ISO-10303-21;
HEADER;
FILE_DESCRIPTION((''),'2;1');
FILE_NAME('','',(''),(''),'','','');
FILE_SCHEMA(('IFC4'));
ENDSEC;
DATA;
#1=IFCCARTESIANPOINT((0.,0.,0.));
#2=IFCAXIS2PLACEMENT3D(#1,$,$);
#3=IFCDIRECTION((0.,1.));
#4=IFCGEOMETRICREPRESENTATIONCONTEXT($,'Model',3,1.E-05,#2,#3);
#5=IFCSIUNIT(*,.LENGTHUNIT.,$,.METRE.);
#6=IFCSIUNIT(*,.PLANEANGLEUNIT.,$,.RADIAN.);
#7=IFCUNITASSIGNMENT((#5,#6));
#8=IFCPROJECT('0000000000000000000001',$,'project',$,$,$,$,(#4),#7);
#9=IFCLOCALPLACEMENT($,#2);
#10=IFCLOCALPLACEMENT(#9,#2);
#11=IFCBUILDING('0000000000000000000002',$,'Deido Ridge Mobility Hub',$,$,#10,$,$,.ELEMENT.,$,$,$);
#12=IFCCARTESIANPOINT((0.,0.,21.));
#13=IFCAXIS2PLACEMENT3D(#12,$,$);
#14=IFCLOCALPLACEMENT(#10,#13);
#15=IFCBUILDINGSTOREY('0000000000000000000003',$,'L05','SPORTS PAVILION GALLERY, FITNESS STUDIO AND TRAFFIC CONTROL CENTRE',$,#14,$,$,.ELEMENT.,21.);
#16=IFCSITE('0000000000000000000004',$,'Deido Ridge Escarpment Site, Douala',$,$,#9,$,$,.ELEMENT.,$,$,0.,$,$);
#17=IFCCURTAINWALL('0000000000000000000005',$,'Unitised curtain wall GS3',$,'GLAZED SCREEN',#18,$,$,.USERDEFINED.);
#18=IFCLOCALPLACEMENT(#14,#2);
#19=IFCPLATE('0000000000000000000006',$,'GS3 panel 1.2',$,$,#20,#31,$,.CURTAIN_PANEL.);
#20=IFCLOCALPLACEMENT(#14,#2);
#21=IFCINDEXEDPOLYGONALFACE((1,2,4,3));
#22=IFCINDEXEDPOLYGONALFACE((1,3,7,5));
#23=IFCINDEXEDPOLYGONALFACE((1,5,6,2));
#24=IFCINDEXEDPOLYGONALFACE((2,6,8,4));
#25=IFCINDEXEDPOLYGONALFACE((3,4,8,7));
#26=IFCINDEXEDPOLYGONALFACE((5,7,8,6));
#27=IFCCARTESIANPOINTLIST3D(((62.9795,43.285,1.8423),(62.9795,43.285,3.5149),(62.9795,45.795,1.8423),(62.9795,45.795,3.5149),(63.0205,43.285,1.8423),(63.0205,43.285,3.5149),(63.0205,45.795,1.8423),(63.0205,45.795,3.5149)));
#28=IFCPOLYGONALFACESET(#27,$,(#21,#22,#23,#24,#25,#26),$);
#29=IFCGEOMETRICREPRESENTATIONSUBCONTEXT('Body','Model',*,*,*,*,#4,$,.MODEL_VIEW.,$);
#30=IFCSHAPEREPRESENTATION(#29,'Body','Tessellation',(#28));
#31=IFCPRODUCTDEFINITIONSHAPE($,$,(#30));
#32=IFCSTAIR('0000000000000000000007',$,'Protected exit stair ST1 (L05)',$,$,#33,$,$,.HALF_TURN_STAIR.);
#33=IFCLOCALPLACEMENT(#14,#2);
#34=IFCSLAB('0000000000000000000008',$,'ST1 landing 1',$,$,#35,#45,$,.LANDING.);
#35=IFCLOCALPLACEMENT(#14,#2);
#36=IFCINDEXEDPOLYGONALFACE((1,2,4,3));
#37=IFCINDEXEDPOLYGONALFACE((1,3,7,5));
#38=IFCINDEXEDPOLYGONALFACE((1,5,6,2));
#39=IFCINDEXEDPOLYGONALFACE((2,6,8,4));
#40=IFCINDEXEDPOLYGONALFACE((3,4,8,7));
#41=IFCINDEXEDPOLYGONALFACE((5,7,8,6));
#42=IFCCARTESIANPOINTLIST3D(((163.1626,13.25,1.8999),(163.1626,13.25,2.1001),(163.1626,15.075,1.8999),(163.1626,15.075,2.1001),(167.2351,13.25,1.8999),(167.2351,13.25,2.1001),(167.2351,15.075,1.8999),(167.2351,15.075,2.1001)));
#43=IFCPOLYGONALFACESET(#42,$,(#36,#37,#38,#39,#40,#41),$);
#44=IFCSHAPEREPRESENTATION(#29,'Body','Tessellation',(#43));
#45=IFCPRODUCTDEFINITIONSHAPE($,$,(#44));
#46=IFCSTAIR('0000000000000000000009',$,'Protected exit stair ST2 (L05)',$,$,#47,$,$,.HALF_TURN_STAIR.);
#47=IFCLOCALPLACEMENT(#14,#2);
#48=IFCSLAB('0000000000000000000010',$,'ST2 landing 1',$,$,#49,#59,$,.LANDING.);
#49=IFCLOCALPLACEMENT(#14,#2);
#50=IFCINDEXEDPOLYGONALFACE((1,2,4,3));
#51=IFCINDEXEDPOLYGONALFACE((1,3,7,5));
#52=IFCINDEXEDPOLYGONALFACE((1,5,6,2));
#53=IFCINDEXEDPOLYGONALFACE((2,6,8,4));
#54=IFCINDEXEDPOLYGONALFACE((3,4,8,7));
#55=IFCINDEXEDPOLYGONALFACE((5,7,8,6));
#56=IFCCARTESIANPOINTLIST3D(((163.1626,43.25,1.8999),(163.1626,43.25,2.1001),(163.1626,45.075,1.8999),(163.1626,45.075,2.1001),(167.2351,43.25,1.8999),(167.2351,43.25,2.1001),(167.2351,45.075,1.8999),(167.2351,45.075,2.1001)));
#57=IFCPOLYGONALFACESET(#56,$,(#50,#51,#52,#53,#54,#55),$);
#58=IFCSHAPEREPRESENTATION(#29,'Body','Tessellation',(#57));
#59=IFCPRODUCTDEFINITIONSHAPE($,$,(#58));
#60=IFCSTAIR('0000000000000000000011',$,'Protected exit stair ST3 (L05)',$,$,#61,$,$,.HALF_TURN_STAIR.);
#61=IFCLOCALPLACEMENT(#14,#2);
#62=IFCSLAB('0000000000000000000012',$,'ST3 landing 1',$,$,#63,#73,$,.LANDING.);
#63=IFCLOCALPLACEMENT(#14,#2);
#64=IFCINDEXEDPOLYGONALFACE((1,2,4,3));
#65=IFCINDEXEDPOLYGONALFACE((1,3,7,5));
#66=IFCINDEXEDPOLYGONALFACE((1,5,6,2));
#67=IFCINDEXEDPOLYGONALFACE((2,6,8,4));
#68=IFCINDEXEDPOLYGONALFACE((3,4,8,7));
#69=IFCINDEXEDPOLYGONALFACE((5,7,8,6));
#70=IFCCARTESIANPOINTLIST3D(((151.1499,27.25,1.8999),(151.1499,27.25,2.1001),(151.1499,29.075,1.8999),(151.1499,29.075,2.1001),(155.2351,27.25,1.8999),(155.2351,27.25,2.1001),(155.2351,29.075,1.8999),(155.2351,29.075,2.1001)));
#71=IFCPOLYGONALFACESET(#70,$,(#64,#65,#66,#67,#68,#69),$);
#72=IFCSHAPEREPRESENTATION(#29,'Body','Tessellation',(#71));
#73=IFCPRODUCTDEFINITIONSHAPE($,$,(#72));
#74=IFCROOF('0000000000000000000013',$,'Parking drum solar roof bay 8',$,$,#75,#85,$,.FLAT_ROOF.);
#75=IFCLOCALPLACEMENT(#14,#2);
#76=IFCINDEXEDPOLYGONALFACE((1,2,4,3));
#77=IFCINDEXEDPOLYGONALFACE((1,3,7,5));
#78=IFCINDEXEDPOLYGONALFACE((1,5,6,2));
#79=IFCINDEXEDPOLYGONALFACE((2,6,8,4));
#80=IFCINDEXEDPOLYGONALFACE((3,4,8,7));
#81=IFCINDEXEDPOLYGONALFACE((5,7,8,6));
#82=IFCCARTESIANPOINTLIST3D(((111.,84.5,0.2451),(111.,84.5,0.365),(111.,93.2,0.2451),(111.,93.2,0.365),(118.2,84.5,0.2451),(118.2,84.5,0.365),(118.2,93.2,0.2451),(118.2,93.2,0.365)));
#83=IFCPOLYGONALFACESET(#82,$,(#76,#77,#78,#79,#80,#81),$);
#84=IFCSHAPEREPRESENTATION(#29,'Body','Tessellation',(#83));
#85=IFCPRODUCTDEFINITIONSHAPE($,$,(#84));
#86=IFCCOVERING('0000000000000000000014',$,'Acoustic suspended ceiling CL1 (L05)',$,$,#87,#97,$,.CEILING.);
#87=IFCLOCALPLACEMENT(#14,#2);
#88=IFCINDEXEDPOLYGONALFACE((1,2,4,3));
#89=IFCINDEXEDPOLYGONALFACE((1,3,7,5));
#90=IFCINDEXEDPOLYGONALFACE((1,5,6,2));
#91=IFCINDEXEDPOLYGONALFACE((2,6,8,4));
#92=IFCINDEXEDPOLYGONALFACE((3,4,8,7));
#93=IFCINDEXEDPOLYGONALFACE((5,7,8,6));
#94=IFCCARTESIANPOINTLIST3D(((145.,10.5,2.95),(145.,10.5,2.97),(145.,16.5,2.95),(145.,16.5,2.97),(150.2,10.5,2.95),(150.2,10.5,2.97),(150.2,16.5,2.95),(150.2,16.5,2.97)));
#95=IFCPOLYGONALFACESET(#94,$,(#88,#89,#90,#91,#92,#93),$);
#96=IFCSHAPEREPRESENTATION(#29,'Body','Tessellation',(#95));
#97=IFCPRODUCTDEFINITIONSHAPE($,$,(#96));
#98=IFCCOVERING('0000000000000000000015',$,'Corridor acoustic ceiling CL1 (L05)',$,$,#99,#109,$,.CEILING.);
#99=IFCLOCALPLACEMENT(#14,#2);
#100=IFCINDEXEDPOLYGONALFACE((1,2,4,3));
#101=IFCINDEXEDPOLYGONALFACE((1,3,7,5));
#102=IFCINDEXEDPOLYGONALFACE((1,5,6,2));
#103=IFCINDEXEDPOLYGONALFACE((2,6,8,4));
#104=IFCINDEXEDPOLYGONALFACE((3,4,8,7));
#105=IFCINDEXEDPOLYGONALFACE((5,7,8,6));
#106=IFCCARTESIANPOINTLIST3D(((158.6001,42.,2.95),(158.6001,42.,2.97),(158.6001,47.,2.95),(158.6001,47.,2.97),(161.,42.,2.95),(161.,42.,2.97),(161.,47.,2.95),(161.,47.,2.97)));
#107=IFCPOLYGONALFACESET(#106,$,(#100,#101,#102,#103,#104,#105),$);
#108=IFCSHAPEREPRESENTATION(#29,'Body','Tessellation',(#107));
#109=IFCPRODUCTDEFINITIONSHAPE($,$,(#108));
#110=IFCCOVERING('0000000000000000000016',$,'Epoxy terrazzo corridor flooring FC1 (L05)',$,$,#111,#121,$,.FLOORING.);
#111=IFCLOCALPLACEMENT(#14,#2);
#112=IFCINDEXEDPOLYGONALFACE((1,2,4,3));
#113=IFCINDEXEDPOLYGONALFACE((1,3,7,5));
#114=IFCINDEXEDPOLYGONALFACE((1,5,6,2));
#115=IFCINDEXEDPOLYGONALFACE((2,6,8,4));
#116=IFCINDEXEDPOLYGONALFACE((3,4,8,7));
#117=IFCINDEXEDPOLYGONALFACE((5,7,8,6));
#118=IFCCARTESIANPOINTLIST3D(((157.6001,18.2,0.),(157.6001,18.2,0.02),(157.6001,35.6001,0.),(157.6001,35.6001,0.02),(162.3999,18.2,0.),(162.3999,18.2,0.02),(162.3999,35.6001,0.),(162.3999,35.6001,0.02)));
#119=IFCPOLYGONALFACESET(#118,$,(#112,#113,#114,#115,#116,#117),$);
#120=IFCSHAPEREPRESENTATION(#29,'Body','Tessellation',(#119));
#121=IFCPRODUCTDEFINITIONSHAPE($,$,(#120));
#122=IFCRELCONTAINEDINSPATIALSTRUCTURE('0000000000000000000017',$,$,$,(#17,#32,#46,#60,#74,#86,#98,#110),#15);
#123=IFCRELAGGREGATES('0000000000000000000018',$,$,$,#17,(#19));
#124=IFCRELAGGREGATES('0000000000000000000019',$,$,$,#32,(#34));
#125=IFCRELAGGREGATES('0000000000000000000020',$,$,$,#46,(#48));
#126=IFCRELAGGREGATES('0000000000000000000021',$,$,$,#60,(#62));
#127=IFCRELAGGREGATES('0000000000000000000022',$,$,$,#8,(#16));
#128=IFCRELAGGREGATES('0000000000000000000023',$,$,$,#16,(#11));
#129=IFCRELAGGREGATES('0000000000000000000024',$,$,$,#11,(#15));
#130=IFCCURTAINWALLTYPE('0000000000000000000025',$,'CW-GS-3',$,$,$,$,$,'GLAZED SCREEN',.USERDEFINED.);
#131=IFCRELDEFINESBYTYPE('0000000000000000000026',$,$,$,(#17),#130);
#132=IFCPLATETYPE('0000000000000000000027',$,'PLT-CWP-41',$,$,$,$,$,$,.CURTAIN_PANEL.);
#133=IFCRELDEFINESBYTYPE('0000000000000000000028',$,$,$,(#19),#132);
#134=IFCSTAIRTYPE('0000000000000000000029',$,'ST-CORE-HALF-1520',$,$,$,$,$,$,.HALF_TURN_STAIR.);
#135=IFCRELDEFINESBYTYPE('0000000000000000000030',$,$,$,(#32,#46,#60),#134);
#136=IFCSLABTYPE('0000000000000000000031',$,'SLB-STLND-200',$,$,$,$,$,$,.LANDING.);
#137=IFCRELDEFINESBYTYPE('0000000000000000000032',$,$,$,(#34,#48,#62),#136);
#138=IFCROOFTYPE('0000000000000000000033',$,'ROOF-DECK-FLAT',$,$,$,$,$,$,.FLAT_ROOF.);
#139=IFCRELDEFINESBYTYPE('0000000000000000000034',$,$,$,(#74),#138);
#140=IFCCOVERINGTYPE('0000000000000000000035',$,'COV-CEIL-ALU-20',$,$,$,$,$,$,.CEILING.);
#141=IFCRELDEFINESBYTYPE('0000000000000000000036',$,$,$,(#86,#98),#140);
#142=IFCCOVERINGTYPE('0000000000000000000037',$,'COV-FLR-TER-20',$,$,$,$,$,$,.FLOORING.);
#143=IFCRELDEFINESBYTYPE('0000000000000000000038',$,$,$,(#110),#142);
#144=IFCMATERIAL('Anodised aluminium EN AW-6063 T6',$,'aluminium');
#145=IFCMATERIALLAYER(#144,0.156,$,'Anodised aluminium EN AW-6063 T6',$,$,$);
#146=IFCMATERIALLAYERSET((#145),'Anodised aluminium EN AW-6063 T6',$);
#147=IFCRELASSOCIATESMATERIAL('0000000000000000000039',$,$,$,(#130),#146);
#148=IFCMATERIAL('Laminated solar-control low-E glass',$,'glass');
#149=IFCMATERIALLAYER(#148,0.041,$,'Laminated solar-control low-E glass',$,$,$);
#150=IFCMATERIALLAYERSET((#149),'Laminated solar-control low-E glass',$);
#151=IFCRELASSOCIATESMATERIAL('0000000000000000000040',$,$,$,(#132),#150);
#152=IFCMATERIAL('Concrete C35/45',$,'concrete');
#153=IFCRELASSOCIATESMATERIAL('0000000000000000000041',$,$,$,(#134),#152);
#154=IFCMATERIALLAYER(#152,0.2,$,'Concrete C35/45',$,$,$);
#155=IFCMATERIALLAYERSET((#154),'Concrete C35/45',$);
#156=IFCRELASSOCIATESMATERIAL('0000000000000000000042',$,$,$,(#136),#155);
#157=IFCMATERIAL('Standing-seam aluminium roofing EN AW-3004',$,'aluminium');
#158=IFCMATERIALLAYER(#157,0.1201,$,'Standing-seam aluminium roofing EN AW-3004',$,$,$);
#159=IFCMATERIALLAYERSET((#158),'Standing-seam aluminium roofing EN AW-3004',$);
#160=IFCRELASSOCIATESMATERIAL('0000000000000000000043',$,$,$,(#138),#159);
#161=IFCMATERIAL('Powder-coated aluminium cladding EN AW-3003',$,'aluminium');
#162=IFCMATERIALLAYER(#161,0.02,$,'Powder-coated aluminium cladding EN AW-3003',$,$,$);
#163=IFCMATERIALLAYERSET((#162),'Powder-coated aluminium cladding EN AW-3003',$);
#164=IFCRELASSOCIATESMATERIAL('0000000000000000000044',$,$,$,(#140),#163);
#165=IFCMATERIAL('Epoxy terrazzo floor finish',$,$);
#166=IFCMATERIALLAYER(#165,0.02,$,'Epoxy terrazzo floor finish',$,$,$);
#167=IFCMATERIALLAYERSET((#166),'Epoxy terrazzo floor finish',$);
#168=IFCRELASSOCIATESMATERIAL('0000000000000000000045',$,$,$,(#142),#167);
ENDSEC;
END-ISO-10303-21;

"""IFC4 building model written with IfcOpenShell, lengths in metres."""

from ifc_helpers import new_model, si_unit, direction, frame, origin, origin_2d, place, context, subcontext, project, spatial, polyline, rectangle, outline, extrude, material, layer, layer_set, type_object, element, aggregate, save


model = new_model("IFC4")

# Units and contexts
model_context = context("Model", 3, precision=1e-05, world=origin(), true_north=direction((0.0, 1.0)))
body_context = subcontext(model_context, "Body", "Model", "MODEL_VIEW")
ifc_project = project(units=[si_unit("LENGTHUNIT", "METRE"), si_unit("PLANEANGLEUNIT", "RADIAN")], contexts=[model_context])

# Site, building, storey
site_placement = place(None, origin())
site = spatial("IfcSite", under=ifc_project, at=site_placement, Name="Deido Ridge Escarpment Site, Douala", CompositionType="ELEMENT", RefElevation=0.0)
building_placement = place(site_placement, origin())
building = spatial("IfcBuilding", under=site, at=building_placement, Name="Deido Ridge Mobility Hub", CompositionType="ELEMENT")
storey_placement = place(building_placement, frame((0.0, 0.0, 21.0)))
storey = spatial("IfcBuildingStorey", under=building, at=storey_placement, Name="L05", Description="SPORTS PAVILION GALLERY, FITNESS STUDIO AND TRAFFIC CONTROL CENTRE", CompositionType="ELEMENT", Elevation=21.0)

# Curtain wall
ifc_material_1 = material(Name="Anodised aluminium EN AW-6063 T6", Category="aluminium")
ifc_layer_1 = layer(ifc_material_1, 0.156, Name="Anodised aluminium EN AW-6063 T6")
ifc_layer_set_1 = layer_set([ifc_layer_1], Name="Anodised aluminium EN AW-6063 T6")
curtain_wall_type = type_object("IfcCurtainWallType", Name="CW-GS-3", ElementType="GLAZED SCREEN", PredefinedType="USERDEFINED", material=ifc_layer_set_1)
curtain_wall_placement = place(storey_placement, origin())
curtain_wall = element("IfcCurtainWall", 1, at=curtain_wall_placement, inside=storey, type_object=curtain_wall_type, Name="Unitised curtain wall GS3", ObjectType="GLAZED SCREEN", PredefinedType="USERDEFINED")

# Plate
ifc_material_2 = material(Name="Laminated solar-control low-E glass", Category="glass")
ifc_layer_2 = layer(ifc_material_2, 0.041, Name="Laminated solar-control low-E glass")
ifc_layer_set_2 = layer_set([ifc_layer_2], Name="Laminated solar-control low-E glass")
plate_type = type_object("IfcPlateType", Name="PLT-CWP-41", PredefinedType="CURTAIN_PANEL", material=ifc_layer_set_2)
plate_1_placement = place(storey_placement, frame((63.0, 44.54, 1.8423), z_axis=(0.0, 0.0, 1.0), x_axis=(0.0, 1.0, 0.0)))
plate_1 = element("IfcPlate", 2, at=plate_1_placement, type_object=plate_type, Name="GS3 panel 1.2", PredefinedType="CURTAIN_PANEL", context=body_context, shape_type="SweptSolid", body=[
    extrude(rectangle(XDim=2.51, YDim=0.041, at=origin_2d()), origin(), (0.0, 0.0, 1.0), 1.6726),
])
aggregate(curtain_wall, [plate_1])

# Stairs, slabs
ifc_material_3 = material(Name="Concrete C35/45", Category="concrete")
stair_type = type_object("IfcStairType", Name="ST-CORE-HALF-1520", PredefinedType="HALF_TURN_STAIR", material=ifc_material_3)
stair_1_placement = place(storey_placement, origin())
stair_1 = element("IfcStair", 3, at=stair_1_placement, inside=storey, type_object=stair_type, Name="Protected exit stair ST1 (L05)", PredefinedType="HALF_TURN_STAIR")
ifc_layer_3 = layer(ifc_material_3, 0.2, Name="Concrete C35/45")
ifc_layer_set_3 = layer_set([ifc_layer_3], Name="Concrete C35/45")
slab_type = type_object("IfcSlabType", Name="SLB-STLND-200", PredefinedType="LANDING", material=ifc_layer_set_3)
slab_1_placement = place(storey_placement, frame((0.0, 0.0, 1.8999)))
slab_1 = element("IfcSlab", 4, at=slab_1_placement, type_object=slab_type, Name="ST1 landing 1", PredefinedType="LANDING", context=body_context, shape_type="SweptSolid", body=[
    extrude(outline(polyline([(163.1626, 13.25), (167.2351, 13.25), (167.2351, 15.075), (163.1626, 15.075), (163.1626, 13.25)])), origin(), (0.0, 0.0, 1.0), 0.2002),
])
aggregate(stair_1, [slab_1])
stair_2_placement = place(storey_placement, origin())
stair_2 = element("IfcStair", 5, at=stair_2_placement, inside=storey, type_object=stair_type, Name="Protected exit stair ST2 (L05)", PredefinedType="HALF_TURN_STAIR")
slab_2_placement = place(storey_placement, frame((0.0, 0.0, 1.8999)))
slab_2 = element("IfcSlab", 6, at=slab_2_placement, type_object=slab_type, Name="ST2 landing 1", PredefinedType="LANDING", context=body_context, shape_type="SweptSolid", body=[
    extrude(outline(polyline([(163.1626, 43.25), (167.2351, 43.25), (167.2351, 45.075), (163.1626, 45.075), (163.1626, 43.25)])), origin(), (0.0, 0.0, 1.0), 0.2002),
])
aggregate(stair_2, [slab_2])
stair_3_placement = place(storey_placement, origin())
stair_3 = element("IfcStair", 7, at=stair_3_placement, inside=storey, type_object=stair_type, Name="Protected exit stair ST3 (L05)", PredefinedType="HALF_TURN_STAIR")
slab_3_placement = place(storey_placement, frame((0.0, 0.0, 1.8999)))
slab_3 = element("IfcSlab", 8, at=slab_3_placement, type_object=slab_type, Name="ST3 landing 1", PredefinedType="LANDING", context=body_context, shape_type="SweptSolid", body=[
    extrude(outline(polyline([(151.1499, 27.25), (155.2351, 27.25), (155.2351, 29.075), (151.1499, 29.075), (151.1499, 27.25)])), origin(), (0.0, 0.0, 1.0), 0.2002),
])
aggregate(stair_3, [slab_3])

# Roof
ifc_material_4 = material(Name="Standing-seam aluminium roofing EN AW-3004", Category="aluminium")
ifc_layer_4 = layer(ifc_material_4, 0.1201, Name="Standing-seam aluminium roofing EN AW-3004")
ifc_layer_set_4 = layer_set([ifc_layer_4], Name="Standing-seam aluminium roofing EN AW-3004")
roof_type = type_object("IfcRoofType", Name="ROOF-DECK-FLAT", PredefinedType="FLAT_ROOF", material=ifc_layer_set_4)
roof_placement = place(storey_placement, frame((0.0, 0.0, 0.2451)))
element("IfcRoof", 9, at=roof_placement, inside=storey, type_object=roof_type, Name="Parking drum solar roof bay 8", PredefinedType="FLAT_ROOF", context=body_context, shape_type="SweptSolid", body=[
    extrude(outline(polyline([(111.0, 84.5), (118.2, 84.5), (118.2, 93.2), (111.0, 93.2), (111.0, 84.5)])), origin(), (0.0, 0.0, 1.0), 0.1199),
])

# Coverings
ifc_material_5 = material(Name="Powder-coated aluminium cladding EN AW-3003", Category="aluminium")
ifc_layer_5 = layer(ifc_material_5, 0.02, Name="Powder-coated aluminium cladding EN AW-3003")
ifc_layer_set_5 = layer_set([ifc_layer_5], Name="Powder-coated aluminium cladding EN AW-3003")
covering_type_1 = type_object("IfcCoveringType", Name="COV-CEIL-ALU-20", PredefinedType="CEILING", material=ifc_layer_set_5)
covering_1_placement = place(storey_placement, frame((0.0, 0.0, 2.95)))
element("IfcCovering", 10, at=covering_1_placement, inside=storey, type_object=covering_type_1, Name="Acoustic suspended ceiling CL1 (L05)", PredefinedType="CEILING", context=body_context, shape_type="SweptSolid", body=[
    extrude(outline(polyline([(145.0, 10.5), (150.2, 10.5), (150.2, 16.5), (145.0, 16.5), (145.0, 10.5)])), origin(), (0.0, 0.0, 1.0), 0.02),
])
covering_2_placement = place(storey_placement, frame((0.0, 0.0, 2.95)))
element("IfcCovering", 11, at=covering_2_placement, inside=storey, type_object=covering_type_1, Name="Corridor acoustic ceiling CL1 (L05)", PredefinedType="CEILING", context=body_context, shape_type="SweptSolid", body=[
    extrude(outline(polyline([(158.6001, 42.0), (161.0, 42.0), (161.0, 47.0), (158.6001, 47.0), (158.6001, 42.0)])), origin(), (0.0, 0.0, 1.0), 0.02),
])
ifc_material_6 = material(Name="Epoxy terrazzo floor finish")
ifc_layer_6 = layer(ifc_material_6, 0.02, Name="Epoxy terrazzo floor finish")
ifc_layer_set_6 = layer_set([ifc_layer_6], Name="Epoxy terrazzo floor finish")
covering_type_2 = type_object("IfcCoveringType", Name="COV-FLR-TER-20", PredefinedType="FLOORING", material=ifc_layer_set_6)
covering_3_placement = place(storey_placement, origin())
element("IfcCovering", 12, at=covering_3_placement, inside=storey, type_object=covering_type_2, Name="Epoxy terrazzo corridor flooring FC1 (L05)", PredefinedType="FLOORING", context=body_context, shape_type="SweptSolid", body=[
    extrude(outline(polyline([(157.6001, 18.2), (162.3999, 18.2), (162.3999, 35.6001), (157.6001, 35.6001), (157.6001, 18.2)])), origin(), (0.0, 0.0, 1.0), 0.02),
])

save(model, "model.ifc")
